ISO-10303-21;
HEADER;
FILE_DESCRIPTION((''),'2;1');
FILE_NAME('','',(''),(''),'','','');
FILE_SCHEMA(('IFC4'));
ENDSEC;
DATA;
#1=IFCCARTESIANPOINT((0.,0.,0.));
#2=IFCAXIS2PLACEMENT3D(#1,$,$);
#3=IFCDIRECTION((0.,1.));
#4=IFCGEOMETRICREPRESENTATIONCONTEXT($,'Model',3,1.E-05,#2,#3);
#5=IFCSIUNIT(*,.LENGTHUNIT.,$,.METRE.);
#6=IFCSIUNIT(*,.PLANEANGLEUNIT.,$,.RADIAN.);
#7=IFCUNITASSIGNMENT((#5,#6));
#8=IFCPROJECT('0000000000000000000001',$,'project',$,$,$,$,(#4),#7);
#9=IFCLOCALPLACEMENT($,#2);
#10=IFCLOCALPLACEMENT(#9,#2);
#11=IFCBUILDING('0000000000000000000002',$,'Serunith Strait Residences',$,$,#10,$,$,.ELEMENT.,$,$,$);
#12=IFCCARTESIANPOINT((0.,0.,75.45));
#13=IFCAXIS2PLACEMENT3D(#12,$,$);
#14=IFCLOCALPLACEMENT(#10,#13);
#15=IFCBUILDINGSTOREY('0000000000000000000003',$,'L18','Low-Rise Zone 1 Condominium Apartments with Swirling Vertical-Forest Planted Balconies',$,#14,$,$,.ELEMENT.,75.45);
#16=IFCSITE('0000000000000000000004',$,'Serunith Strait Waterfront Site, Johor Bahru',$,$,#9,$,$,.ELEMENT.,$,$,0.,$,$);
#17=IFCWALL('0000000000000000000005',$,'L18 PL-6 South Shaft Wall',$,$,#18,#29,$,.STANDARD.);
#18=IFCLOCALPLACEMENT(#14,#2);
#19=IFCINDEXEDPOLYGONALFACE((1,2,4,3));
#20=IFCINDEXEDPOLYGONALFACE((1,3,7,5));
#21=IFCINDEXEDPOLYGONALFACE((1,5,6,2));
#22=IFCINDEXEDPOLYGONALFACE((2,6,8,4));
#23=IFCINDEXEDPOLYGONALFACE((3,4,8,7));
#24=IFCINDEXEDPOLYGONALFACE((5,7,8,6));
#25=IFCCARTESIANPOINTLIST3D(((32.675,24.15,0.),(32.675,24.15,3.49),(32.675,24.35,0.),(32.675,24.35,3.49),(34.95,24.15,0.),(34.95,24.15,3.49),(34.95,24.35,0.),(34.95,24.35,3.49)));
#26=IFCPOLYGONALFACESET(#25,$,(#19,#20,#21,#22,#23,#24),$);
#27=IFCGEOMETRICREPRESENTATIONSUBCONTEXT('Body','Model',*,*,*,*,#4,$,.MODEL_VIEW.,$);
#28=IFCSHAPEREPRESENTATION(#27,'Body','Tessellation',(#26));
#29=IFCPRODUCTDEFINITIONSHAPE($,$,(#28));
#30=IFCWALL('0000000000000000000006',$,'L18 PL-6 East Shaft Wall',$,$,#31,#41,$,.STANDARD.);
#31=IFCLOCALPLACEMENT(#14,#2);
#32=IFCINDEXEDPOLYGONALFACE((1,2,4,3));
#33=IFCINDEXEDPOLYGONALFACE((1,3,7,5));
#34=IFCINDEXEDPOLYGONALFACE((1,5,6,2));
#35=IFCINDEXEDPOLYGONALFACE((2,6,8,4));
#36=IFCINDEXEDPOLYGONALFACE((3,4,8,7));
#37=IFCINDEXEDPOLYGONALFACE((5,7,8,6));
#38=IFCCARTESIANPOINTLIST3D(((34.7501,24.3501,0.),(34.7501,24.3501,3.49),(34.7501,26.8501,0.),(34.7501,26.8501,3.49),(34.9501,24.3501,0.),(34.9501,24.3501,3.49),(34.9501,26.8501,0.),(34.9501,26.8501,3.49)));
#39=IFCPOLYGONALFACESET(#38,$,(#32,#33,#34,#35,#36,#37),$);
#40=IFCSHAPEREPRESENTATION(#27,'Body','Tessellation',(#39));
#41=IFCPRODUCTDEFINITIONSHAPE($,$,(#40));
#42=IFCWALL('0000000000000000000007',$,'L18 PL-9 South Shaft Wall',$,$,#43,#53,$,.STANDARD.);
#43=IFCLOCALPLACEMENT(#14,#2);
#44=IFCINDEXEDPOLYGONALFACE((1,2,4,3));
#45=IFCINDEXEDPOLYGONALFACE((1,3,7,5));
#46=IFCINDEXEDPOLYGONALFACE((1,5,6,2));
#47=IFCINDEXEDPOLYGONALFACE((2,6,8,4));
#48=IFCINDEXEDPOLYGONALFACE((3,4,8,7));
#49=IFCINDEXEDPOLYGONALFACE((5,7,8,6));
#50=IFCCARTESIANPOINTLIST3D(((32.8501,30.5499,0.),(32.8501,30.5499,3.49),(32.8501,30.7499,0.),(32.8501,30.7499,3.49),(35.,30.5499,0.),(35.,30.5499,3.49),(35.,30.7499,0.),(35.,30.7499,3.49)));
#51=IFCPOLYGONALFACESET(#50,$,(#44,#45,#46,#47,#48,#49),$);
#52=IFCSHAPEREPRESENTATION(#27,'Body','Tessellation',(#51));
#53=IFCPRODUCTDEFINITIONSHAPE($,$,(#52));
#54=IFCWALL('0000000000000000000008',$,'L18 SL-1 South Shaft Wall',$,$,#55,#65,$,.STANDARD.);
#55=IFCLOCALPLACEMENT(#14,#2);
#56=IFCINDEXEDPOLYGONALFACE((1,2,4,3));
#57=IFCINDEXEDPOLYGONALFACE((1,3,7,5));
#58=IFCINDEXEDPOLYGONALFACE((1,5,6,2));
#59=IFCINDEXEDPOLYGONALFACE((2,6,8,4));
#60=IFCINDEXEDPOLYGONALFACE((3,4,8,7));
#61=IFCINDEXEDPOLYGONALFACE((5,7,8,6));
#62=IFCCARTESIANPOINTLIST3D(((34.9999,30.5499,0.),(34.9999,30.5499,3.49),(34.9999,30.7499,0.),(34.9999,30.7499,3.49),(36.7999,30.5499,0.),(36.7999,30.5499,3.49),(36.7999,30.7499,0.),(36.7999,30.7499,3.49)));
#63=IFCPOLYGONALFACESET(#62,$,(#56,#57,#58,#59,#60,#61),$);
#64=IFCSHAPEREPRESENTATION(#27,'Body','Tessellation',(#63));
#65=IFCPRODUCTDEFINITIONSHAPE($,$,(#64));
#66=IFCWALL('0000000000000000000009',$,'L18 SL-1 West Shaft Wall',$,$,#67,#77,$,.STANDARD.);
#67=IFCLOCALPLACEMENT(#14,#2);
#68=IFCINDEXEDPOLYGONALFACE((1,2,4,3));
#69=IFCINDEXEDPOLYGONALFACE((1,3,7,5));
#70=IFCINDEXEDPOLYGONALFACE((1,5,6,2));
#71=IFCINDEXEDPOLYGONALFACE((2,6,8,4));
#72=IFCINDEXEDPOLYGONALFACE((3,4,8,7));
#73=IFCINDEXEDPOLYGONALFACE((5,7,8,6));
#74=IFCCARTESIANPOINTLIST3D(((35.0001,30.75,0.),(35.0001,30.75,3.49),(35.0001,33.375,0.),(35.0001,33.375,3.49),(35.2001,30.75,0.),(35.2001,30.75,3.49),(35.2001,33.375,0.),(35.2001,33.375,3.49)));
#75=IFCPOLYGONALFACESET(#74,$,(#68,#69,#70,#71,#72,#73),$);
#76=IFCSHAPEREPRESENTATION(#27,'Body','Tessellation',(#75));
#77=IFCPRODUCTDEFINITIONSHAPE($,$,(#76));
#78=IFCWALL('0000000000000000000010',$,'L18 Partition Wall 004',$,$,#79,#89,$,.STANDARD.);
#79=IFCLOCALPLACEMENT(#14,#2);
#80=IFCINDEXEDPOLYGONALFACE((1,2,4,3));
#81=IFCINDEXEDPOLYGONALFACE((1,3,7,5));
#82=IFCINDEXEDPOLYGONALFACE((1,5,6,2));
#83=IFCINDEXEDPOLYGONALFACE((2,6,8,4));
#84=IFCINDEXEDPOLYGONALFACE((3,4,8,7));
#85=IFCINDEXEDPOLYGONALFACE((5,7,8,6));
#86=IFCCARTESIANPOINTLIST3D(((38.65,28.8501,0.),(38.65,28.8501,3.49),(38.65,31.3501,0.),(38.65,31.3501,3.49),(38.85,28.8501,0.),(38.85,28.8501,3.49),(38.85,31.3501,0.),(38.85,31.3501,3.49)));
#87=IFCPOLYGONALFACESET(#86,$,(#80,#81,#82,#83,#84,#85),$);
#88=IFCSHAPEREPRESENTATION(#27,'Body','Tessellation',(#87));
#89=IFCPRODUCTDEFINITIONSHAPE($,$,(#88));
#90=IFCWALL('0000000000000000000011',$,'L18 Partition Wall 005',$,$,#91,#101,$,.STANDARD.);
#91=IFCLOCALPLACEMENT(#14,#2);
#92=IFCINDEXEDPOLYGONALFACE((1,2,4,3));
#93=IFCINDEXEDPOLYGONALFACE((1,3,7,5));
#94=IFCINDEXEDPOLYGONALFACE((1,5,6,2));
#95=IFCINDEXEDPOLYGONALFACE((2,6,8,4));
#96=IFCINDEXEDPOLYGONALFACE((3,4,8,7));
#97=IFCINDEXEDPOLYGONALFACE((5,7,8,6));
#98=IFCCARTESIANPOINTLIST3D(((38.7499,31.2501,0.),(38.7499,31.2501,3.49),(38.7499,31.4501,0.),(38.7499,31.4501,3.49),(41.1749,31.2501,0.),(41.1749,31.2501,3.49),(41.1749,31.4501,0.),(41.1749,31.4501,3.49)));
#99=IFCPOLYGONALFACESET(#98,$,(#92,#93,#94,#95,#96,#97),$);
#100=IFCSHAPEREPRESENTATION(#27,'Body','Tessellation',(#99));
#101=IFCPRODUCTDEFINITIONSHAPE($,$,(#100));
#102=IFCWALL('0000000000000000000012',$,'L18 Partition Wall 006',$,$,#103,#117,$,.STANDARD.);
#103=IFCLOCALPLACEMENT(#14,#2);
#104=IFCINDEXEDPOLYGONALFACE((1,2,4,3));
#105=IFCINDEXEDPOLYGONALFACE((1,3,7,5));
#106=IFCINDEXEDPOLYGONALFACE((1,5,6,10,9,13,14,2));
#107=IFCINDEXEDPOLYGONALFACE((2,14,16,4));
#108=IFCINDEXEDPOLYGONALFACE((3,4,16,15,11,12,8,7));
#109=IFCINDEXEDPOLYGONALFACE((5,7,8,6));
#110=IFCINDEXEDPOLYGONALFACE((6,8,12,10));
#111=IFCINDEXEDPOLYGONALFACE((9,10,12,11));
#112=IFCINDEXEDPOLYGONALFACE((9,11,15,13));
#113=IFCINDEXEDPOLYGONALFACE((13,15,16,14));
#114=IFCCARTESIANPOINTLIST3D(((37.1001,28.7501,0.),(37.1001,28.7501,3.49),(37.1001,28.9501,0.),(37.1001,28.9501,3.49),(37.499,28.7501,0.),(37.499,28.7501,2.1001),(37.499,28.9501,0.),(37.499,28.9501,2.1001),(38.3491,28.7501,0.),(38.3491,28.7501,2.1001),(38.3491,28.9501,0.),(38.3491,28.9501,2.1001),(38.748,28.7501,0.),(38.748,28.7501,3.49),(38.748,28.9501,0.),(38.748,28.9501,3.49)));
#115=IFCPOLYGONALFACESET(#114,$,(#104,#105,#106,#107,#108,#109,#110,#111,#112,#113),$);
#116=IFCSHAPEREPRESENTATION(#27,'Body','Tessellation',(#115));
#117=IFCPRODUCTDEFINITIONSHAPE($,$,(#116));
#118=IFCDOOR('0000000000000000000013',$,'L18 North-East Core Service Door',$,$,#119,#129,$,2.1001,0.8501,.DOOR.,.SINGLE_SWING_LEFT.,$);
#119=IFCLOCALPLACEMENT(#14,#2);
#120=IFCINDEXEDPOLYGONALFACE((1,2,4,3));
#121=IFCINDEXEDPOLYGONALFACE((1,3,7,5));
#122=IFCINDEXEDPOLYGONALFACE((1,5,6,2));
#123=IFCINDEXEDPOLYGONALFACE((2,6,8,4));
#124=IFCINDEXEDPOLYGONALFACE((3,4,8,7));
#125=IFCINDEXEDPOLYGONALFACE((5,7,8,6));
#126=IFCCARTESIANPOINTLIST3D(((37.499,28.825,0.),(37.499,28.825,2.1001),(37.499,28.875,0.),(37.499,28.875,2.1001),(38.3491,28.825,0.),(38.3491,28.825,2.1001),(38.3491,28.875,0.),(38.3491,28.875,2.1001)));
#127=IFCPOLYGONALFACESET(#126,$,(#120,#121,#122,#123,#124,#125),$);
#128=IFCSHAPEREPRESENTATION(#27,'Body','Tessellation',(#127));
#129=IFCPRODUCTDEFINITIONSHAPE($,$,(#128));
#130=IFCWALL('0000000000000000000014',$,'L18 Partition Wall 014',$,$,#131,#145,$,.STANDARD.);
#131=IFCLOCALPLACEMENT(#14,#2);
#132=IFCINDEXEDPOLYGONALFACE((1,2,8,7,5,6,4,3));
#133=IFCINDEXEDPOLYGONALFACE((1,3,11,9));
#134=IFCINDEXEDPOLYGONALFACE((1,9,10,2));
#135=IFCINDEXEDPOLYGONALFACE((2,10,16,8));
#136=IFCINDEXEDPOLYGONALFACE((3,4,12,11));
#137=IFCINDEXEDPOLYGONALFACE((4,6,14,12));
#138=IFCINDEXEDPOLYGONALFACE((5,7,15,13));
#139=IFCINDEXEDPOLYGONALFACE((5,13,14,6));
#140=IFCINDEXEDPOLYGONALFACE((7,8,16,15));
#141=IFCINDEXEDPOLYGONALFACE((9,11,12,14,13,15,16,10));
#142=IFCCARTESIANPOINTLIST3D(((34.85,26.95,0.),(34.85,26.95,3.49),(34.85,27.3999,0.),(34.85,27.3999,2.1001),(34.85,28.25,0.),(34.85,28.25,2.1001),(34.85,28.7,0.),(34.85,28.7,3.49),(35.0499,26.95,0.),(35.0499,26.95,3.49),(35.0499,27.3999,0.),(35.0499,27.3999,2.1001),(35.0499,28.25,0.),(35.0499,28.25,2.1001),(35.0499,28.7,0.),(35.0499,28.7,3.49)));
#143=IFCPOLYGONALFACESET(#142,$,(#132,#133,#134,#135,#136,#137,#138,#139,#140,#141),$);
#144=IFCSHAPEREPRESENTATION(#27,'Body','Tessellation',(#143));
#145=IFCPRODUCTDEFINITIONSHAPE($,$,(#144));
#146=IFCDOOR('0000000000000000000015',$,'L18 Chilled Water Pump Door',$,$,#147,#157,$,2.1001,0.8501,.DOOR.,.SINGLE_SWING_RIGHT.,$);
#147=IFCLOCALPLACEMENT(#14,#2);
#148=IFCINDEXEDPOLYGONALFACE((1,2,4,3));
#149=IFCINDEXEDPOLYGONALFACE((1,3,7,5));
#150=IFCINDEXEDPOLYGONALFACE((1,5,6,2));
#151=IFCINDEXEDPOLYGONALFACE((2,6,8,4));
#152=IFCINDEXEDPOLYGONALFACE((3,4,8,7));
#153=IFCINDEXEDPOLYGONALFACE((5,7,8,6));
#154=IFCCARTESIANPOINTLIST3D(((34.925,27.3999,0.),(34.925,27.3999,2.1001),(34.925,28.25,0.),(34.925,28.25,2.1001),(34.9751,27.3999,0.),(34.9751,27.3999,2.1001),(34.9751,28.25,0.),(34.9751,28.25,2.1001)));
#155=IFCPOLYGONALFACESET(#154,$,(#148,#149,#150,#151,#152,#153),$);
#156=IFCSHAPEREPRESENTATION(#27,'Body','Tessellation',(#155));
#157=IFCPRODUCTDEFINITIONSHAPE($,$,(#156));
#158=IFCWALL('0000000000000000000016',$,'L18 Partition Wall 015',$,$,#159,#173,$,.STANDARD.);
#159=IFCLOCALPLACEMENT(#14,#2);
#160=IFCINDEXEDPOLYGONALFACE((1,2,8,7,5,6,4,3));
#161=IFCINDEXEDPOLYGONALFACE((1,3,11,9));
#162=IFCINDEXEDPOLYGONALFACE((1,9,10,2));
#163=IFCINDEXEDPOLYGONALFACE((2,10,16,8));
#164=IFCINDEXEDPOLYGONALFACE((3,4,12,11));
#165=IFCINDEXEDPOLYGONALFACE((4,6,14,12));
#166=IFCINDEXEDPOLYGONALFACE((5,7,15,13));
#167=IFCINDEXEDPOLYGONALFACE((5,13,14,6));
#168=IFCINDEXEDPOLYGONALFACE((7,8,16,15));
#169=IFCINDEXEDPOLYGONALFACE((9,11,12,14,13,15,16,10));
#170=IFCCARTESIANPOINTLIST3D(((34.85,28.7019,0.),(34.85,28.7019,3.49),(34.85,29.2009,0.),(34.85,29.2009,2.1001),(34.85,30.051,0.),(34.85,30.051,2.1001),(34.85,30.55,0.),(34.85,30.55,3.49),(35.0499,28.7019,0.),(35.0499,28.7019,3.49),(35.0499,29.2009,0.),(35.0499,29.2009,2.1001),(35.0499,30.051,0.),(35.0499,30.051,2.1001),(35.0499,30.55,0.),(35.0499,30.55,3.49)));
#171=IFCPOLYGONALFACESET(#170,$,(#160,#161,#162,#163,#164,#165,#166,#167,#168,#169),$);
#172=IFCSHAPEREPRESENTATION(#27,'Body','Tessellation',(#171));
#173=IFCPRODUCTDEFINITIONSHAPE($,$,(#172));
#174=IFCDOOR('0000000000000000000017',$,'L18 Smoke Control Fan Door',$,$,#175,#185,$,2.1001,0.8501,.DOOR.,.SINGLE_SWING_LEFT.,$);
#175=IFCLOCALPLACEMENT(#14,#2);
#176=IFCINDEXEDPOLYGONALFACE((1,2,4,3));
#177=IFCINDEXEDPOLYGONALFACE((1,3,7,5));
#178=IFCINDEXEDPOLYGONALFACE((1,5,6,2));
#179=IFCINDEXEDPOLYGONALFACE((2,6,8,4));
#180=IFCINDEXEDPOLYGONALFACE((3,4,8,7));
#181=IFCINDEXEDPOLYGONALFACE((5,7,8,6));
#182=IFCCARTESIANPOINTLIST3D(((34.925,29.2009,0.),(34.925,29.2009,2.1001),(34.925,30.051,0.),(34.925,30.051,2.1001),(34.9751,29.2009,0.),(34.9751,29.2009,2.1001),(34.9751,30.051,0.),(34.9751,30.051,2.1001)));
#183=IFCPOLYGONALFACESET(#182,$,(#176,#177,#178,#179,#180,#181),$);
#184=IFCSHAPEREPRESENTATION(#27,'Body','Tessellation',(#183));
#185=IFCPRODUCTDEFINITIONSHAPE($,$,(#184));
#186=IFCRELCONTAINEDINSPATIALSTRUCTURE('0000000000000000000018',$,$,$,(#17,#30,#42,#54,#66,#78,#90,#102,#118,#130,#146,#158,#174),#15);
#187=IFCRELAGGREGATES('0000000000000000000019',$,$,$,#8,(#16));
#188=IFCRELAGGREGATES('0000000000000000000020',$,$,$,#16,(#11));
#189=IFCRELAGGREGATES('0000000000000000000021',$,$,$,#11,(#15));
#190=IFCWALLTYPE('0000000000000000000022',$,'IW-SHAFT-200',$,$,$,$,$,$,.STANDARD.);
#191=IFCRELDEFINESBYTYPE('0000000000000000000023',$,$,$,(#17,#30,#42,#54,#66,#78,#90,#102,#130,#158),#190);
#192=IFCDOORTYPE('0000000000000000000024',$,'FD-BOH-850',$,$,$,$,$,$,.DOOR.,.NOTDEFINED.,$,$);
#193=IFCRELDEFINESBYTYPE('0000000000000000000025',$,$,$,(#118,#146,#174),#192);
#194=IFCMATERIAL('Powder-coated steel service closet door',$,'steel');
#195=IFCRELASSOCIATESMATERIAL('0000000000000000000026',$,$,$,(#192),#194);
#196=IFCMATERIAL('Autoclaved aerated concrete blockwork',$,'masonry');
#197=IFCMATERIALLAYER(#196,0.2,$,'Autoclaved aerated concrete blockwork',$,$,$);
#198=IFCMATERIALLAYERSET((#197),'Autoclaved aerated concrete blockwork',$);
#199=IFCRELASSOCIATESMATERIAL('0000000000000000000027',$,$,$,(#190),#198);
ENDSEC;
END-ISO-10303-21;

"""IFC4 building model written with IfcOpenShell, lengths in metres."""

from ifc_helpers import new_model, si_unit, direction, frame, frame_2d, origin, place, context, subcontext, project, spatial, rectangle, extrude, source, transform, mapped, material, layer, layer_set, type_object, element, fill, save


model = new_model("IFC4")

# Units and contexts
model_context = context("Model", 3, precision=1e-05, world=origin(), true_north=direction((0.0, 1.0)))
body_context = subcontext(model_context, "Body", "Model", "MODEL_VIEW")
ifc_project = project(units=[si_unit("LENGTHUNIT", "METRE"), si_unit("PLANEANGLEUNIT", "RADIAN")], contexts=[model_context])

# Site, building, storey
site_placement = place(None, origin())
site = spatial("IfcSite", under=ifc_project, at=site_placement, Name="Serunith Strait Waterfront Site, Johor Bahru", CompositionType="ELEMENT", RefElevation=0.0)
building_placement = place(site_placement, origin())
building = spatial("IfcBuilding", under=site, at=building_placement, Name="Serunith Strait Residences", CompositionType="ELEMENT")
storey_placement = place(building_placement, frame((0.0, 0.0, 75.45)))
storey = spatial("IfcBuildingStorey", under=building, at=storey_placement, Name="L18", Description="Low-Rise Zone 1 Condominium Apartments with Swirling Vertical-Forest Planted Balconies", CompositionType="ELEMENT", Elevation=75.45)

# Shared definitions
ifc_material_1 = material(Name="Powder-coated steel service closet door", Category="steel")
door_type_1 = type_object("IfcDoorType", Name="FD-BOH-850", OperationType="NOTDEFINED", PredefinedType="DOOR", material=ifc_material_1)
shared_shape_1 = source(origin(), body_context, "Body", "SweptSolid", [
    extrude(rectangle(XDim=0.8501, YDim=2.1001, at=frame_2d((0.425, 1.05))), frame((0.0, 0.0249, 0.0), z_axis=(0.0, -1.0, 0.0), x_axis=(1.0, 0.0, 0.0)), (0.0, 0.0, 1.0), 0.05),
])

# Shared definitions
ifc_material_2 = material(Name="Autoclaved aerated concrete blockwork", Category="masonry")
ifc_layer_1 = layer(ifc_material_2, 0.2, Name="Autoclaved aerated concrete blockwork")
ifc_layer_set_1 = layer_set([ifc_layer_1], Name="Autoclaved aerated concrete blockwork")
wall_type_1 = type_object("IfcWallType", Name="IW-SHAFT-200", PredefinedType="STANDARD", material=ifc_layer_set_1)

# Walls
wall_1_placement = place(storey_placement, frame((32.675, 24.25, 0.0), z_axis=(0.0, 0.0, 1.0), x_axis=(1.0, 0.0, 0.0)))
element("IfcWall", 1, at=wall_1_placement, inside=storey, type_object=wall_type_1, Name="L18 PL-6 South Shaft Wall", PredefinedType="STANDARD", context=body_context, shape_type="SweptSolid", body=[
    extrude(rectangle(XDim=2.2749, YDim=0.2, at=frame_2d((1.1375, 0.0))), origin(), (0.0, 0.0, 1.0), 3.49),
])
wall_2_placement = place(storey_placement, frame((34.8501, 24.3501, 0.0), z_axis=(0.0, 0.0, 1.0), x_axis=(0.0, 1.0, 0.0)))
element("IfcWall", 2, at=wall_2_placement, inside=storey, type_object=wall_type_1, Name="L18 PL-6 East Shaft Wall", PredefinedType="STANDARD", context=body_context, shape_type="SweptSolid", body=[
    extrude(rectangle(XDim=2.5, YDim=0.2, at=frame_2d((1.25, 0.0))), origin(), (0.0, 0.0, 1.0), 3.49),
])
wall_3_placement = place(storey_placement, frame((32.8501, 30.6499, 0.0), z_axis=(0.0, 0.0, 1.0), x_axis=(1.0, 0.0, 0.0)))
element("IfcWall", 3, at=wall_3_placement, inside=storey, type_object=wall_type_1, Name="L18 PL-9 South Shaft Wall", PredefinedType="STANDARD", context=body_context, shape_type="SweptSolid", body=[
    extrude(rectangle(XDim=2.1499, YDim=0.2, at=frame_2d((1.075, 0.0))), origin(), (0.0, 0.0, 1.0), 3.49),
])
wall_4_placement = place(storey_placement, frame((35.0, 30.6499, 0.0), z_axis=(0.0, 0.0, 1.0), x_axis=(1.0, 0.0, 0.0)))
element("IfcWall", 4, at=wall_4_placement, inside=storey, type_object=wall_type_1, Name="L18 SL-1 South Shaft Wall", PredefinedType="STANDARD", context=body_context, shape_type="SweptSolid", body=[
    extrude(rectangle(XDim=1.8, YDim=0.2, at=frame_2d((0.8999, 0.0))), origin(), (0.0, 0.0, 1.0), 3.49),
])
wall_5_placement = place(storey_placement, frame((35.1001, 30.75, 0.0), z_axis=(0.0, 0.0, 1.0), x_axis=(0.0, 1.0, 0.0)))
element("IfcWall", 5, at=wall_5_placement, inside=storey, type_object=wall_type_1, Name="L18 SL-1 West Shaft Wall", PredefinedType="STANDARD", context=body_context, shape_type="SweptSolid", body=[
    extrude(rectangle(XDim=2.625, YDim=0.2, at=frame_2d((1.3125, 0.0))), origin(), (0.0, 0.0, 1.0), 3.49),
])
wall_6_placement = place(storey_placement, frame((38.75, 28.8501, 0.0), z_axis=(0.0, 0.0, 1.0), x_axis=(0.0, 1.0, 0.0)))
element("IfcWall", 6, at=wall_6_placement, inside=storey, type_object=wall_type_1, Name="L18 Partition Wall 004", PredefinedType="STANDARD", context=body_context, shape_type="SweptSolid", body=[
    extrude(rectangle(XDim=2.5, YDim=0.2, at=frame_2d((1.25, 0.0))), origin(), (0.0, 0.0, 1.0), 3.49),
])
wall_7_placement = place(storey_placement, frame((38.75, 31.3501, 0.0), z_axis=(0.0, 0.0, 1.0), x_axis=(1.0, 0.0, 0.0)))
element("IfcWall", 7, at=wall_7_placement, inside=storey, type_object=wall_type_1, Name="L18 Partition Wall 005", PredefinedType="STANDARD", context=body_context, shape_type="SweptSolid", body=[
    extrude(rectangle(XDim=2.425, YDim=0.2, at=frame_2d((1.2124, 0.0))), origin(), (0.0, 0.0, 1.0), 3.49),
])

# Walls, openings, doors
wall_8_placement = place(storey_placement, frame((37.1001, 28.8501, 0.0), z_axis=(0.0, 0.0, 1.0), x_axis=(1.0, 0.0, 0.0)))
wall_8 = element("IfcWall", 8, at=wall_8_placement, inside=storey, type_object=wall_type_1, Name="L18 Partition Wall 006", PredefinedType="STANDARD", context=body_context, shape_type="SweptSolid", body=[
    extrude(rectangle(XDim=1.6479, YDim=0.2, at=frame_2d((0.824, 0.0))), origin(), (0.0, 0.0, 1.0), 3.49),
])
opening_1_placement = place(wall_8_placement, frame((0.3989, 0.0, 0.0)))
opening_1 = element("IfcOpeningElement", 9, at=opening_1_placement, cuts=wall_8, PredefinedType="OPENING", context=body_context, shape_type="SweptSolid", body=[
    extrude(rectangle(XDim=0.8501, YDim=2.1001, at=frame_2d((0.425, 1.05))), frame((0.0, 0.1099, 0.0), z_axis=(0.0, -1.0, 0.0), x_axis=(1.0, 0.0, 0.0)), (0.0, 0.0, 1.0), 0.22),
])
door_1_placement = place(opening_1_placement, origin())
door_1 = element("IfcDoor", 10, at=door_1_placement, inside=storey, type_object=door_type_1, Name="L18 North-East Core Service Door", OperationType="SINGLE_SWING_LEFT", OverallHeight=2.1001, OverallWidth=0.8501, PredefinedType="DOOR", context=body_context, shape_type="MappedRepresentation", body=[
    mapped(shared_shape_1, transform((0.0, 0.0, 0.0), scale=1.0)),
])
fill(opening_1, door_1)
wall_9_placement = place(storey_placement, frame((34.95, 26.95, 0.0), z_axis=(0.0, 0.0, 1.0), x_axis=(0.0, 1.0, 0.0)))
wall_9 = element("IfcWall", 11, at=wall_9_placement, inside=storey, type_object=wall_type_1, Name="L18 Partition Wall 014", PredefinedType="STANDARD", context=body_context, shape_type="SweptSolid", body=[
    extrude(rectangle(XDim=1.75, YDim=0.2, at=frame_2d((0.875, 0.0))), origin(), (0.0, 0.0, 1.0), 3.49),
])
opening_2_placement = place(wall_9_placement, frame((0.45, 0.0, 0.0)))
opening_2 = element("IfcOpeningElement", 12, at=opening_2_placement, cuts=wall_9, PredefinedType="OPENING", context=body_context, shape_type="SweptSolid", body=[
    extrude(rectangle(XDim=0.8501, YDim=2.1001, at=frame_2d((0.425, 1.05))), frame((0.0, 0.1099, 0.0), z_axis=(0.0, -1.0, 0.0), x_axis=(1.0, 0.0, 0.0)), (0.0, 0.0, 1.0), 0.22),
])
door_2_placement = place(opening_2_placement, origin())
door_2 = element("IfcDoor", 13, at=door_2_placement, inside=storey, type_object=door_type_1, Name="L18 Chilled Water Pump Door", OperationType="SINGLE_SWING_RIGHT", OverallHeight=2.1001, OverallWidth=0.8501, PredefinedType="DOOR", context=body_context, shape_type="MappedRepresentation", body=[
    mapped(shared_shape_1, transform((0.0, 0.0, 0.0), scale=1.0)),
])
fill(opening_2, door_2)
wall_10_placement = place(storey_placement, frame((34.95, 28.7019, 0.0), z_axis=(0.0, 0.0, 1.0), x_axis=(0.0, 1.0, 0.0)))
wall_10 = element("IfcWall", 14, at=wall_10_placement, inside=storey, type_object=wall_type_1, Name="L18 Partition Wall 015", PredefinedType="STANDARD", context=body_context, shape_type="SweptSolid", body=[
    extrude(rectangle(XDim=1.8481, YDim=0.2, at=frame_2d((0.9241, 0.0))), origin(), (0.0, 0.0, 1.0), 3.49),
])
opening_3_placement = place(wall_10_placement, frame((0.499, 0.0, 0.0)))
opening_3 = element("IfcOpeningElement", 15, at=opening_3_placement, cuts=wall_10, PredefinedType="OPENING", context=body_context, shape_type="SweptSolid", body=[
    extrude(rectangle(XDim=0.8501, YDim=2.1001, at=frame_2d((0.425, 1.05))), frame((0.0, 0.1099, 0.0), z_axis=(0.0, -1.0, 0.0), x_axis=(1.0, 0.0, 0.0)), (0.0, 0.0, 1.0), 0.22),
])
door_3_placement = place(opening_3_placement, origin())
door_3 = element("IfcDoor", 16, at=door_3_placement, inside=storey, type_object=door_type_1, Name="L18 Smoke Control Fan Door", OperationType="SINGLE_SWING_LEFT", OverallHeight=2.1001, OverallWidth=0.8501, PredefinedType="DOOR", context=body_context, shape_type="MappedRepresentation", body=[
    mapped(shared_shape_1, transform((0.0, 0.0, 0.0), scale=1.0)),
])
fill(opening_3, door_3)

save(model, "model.ifc")
